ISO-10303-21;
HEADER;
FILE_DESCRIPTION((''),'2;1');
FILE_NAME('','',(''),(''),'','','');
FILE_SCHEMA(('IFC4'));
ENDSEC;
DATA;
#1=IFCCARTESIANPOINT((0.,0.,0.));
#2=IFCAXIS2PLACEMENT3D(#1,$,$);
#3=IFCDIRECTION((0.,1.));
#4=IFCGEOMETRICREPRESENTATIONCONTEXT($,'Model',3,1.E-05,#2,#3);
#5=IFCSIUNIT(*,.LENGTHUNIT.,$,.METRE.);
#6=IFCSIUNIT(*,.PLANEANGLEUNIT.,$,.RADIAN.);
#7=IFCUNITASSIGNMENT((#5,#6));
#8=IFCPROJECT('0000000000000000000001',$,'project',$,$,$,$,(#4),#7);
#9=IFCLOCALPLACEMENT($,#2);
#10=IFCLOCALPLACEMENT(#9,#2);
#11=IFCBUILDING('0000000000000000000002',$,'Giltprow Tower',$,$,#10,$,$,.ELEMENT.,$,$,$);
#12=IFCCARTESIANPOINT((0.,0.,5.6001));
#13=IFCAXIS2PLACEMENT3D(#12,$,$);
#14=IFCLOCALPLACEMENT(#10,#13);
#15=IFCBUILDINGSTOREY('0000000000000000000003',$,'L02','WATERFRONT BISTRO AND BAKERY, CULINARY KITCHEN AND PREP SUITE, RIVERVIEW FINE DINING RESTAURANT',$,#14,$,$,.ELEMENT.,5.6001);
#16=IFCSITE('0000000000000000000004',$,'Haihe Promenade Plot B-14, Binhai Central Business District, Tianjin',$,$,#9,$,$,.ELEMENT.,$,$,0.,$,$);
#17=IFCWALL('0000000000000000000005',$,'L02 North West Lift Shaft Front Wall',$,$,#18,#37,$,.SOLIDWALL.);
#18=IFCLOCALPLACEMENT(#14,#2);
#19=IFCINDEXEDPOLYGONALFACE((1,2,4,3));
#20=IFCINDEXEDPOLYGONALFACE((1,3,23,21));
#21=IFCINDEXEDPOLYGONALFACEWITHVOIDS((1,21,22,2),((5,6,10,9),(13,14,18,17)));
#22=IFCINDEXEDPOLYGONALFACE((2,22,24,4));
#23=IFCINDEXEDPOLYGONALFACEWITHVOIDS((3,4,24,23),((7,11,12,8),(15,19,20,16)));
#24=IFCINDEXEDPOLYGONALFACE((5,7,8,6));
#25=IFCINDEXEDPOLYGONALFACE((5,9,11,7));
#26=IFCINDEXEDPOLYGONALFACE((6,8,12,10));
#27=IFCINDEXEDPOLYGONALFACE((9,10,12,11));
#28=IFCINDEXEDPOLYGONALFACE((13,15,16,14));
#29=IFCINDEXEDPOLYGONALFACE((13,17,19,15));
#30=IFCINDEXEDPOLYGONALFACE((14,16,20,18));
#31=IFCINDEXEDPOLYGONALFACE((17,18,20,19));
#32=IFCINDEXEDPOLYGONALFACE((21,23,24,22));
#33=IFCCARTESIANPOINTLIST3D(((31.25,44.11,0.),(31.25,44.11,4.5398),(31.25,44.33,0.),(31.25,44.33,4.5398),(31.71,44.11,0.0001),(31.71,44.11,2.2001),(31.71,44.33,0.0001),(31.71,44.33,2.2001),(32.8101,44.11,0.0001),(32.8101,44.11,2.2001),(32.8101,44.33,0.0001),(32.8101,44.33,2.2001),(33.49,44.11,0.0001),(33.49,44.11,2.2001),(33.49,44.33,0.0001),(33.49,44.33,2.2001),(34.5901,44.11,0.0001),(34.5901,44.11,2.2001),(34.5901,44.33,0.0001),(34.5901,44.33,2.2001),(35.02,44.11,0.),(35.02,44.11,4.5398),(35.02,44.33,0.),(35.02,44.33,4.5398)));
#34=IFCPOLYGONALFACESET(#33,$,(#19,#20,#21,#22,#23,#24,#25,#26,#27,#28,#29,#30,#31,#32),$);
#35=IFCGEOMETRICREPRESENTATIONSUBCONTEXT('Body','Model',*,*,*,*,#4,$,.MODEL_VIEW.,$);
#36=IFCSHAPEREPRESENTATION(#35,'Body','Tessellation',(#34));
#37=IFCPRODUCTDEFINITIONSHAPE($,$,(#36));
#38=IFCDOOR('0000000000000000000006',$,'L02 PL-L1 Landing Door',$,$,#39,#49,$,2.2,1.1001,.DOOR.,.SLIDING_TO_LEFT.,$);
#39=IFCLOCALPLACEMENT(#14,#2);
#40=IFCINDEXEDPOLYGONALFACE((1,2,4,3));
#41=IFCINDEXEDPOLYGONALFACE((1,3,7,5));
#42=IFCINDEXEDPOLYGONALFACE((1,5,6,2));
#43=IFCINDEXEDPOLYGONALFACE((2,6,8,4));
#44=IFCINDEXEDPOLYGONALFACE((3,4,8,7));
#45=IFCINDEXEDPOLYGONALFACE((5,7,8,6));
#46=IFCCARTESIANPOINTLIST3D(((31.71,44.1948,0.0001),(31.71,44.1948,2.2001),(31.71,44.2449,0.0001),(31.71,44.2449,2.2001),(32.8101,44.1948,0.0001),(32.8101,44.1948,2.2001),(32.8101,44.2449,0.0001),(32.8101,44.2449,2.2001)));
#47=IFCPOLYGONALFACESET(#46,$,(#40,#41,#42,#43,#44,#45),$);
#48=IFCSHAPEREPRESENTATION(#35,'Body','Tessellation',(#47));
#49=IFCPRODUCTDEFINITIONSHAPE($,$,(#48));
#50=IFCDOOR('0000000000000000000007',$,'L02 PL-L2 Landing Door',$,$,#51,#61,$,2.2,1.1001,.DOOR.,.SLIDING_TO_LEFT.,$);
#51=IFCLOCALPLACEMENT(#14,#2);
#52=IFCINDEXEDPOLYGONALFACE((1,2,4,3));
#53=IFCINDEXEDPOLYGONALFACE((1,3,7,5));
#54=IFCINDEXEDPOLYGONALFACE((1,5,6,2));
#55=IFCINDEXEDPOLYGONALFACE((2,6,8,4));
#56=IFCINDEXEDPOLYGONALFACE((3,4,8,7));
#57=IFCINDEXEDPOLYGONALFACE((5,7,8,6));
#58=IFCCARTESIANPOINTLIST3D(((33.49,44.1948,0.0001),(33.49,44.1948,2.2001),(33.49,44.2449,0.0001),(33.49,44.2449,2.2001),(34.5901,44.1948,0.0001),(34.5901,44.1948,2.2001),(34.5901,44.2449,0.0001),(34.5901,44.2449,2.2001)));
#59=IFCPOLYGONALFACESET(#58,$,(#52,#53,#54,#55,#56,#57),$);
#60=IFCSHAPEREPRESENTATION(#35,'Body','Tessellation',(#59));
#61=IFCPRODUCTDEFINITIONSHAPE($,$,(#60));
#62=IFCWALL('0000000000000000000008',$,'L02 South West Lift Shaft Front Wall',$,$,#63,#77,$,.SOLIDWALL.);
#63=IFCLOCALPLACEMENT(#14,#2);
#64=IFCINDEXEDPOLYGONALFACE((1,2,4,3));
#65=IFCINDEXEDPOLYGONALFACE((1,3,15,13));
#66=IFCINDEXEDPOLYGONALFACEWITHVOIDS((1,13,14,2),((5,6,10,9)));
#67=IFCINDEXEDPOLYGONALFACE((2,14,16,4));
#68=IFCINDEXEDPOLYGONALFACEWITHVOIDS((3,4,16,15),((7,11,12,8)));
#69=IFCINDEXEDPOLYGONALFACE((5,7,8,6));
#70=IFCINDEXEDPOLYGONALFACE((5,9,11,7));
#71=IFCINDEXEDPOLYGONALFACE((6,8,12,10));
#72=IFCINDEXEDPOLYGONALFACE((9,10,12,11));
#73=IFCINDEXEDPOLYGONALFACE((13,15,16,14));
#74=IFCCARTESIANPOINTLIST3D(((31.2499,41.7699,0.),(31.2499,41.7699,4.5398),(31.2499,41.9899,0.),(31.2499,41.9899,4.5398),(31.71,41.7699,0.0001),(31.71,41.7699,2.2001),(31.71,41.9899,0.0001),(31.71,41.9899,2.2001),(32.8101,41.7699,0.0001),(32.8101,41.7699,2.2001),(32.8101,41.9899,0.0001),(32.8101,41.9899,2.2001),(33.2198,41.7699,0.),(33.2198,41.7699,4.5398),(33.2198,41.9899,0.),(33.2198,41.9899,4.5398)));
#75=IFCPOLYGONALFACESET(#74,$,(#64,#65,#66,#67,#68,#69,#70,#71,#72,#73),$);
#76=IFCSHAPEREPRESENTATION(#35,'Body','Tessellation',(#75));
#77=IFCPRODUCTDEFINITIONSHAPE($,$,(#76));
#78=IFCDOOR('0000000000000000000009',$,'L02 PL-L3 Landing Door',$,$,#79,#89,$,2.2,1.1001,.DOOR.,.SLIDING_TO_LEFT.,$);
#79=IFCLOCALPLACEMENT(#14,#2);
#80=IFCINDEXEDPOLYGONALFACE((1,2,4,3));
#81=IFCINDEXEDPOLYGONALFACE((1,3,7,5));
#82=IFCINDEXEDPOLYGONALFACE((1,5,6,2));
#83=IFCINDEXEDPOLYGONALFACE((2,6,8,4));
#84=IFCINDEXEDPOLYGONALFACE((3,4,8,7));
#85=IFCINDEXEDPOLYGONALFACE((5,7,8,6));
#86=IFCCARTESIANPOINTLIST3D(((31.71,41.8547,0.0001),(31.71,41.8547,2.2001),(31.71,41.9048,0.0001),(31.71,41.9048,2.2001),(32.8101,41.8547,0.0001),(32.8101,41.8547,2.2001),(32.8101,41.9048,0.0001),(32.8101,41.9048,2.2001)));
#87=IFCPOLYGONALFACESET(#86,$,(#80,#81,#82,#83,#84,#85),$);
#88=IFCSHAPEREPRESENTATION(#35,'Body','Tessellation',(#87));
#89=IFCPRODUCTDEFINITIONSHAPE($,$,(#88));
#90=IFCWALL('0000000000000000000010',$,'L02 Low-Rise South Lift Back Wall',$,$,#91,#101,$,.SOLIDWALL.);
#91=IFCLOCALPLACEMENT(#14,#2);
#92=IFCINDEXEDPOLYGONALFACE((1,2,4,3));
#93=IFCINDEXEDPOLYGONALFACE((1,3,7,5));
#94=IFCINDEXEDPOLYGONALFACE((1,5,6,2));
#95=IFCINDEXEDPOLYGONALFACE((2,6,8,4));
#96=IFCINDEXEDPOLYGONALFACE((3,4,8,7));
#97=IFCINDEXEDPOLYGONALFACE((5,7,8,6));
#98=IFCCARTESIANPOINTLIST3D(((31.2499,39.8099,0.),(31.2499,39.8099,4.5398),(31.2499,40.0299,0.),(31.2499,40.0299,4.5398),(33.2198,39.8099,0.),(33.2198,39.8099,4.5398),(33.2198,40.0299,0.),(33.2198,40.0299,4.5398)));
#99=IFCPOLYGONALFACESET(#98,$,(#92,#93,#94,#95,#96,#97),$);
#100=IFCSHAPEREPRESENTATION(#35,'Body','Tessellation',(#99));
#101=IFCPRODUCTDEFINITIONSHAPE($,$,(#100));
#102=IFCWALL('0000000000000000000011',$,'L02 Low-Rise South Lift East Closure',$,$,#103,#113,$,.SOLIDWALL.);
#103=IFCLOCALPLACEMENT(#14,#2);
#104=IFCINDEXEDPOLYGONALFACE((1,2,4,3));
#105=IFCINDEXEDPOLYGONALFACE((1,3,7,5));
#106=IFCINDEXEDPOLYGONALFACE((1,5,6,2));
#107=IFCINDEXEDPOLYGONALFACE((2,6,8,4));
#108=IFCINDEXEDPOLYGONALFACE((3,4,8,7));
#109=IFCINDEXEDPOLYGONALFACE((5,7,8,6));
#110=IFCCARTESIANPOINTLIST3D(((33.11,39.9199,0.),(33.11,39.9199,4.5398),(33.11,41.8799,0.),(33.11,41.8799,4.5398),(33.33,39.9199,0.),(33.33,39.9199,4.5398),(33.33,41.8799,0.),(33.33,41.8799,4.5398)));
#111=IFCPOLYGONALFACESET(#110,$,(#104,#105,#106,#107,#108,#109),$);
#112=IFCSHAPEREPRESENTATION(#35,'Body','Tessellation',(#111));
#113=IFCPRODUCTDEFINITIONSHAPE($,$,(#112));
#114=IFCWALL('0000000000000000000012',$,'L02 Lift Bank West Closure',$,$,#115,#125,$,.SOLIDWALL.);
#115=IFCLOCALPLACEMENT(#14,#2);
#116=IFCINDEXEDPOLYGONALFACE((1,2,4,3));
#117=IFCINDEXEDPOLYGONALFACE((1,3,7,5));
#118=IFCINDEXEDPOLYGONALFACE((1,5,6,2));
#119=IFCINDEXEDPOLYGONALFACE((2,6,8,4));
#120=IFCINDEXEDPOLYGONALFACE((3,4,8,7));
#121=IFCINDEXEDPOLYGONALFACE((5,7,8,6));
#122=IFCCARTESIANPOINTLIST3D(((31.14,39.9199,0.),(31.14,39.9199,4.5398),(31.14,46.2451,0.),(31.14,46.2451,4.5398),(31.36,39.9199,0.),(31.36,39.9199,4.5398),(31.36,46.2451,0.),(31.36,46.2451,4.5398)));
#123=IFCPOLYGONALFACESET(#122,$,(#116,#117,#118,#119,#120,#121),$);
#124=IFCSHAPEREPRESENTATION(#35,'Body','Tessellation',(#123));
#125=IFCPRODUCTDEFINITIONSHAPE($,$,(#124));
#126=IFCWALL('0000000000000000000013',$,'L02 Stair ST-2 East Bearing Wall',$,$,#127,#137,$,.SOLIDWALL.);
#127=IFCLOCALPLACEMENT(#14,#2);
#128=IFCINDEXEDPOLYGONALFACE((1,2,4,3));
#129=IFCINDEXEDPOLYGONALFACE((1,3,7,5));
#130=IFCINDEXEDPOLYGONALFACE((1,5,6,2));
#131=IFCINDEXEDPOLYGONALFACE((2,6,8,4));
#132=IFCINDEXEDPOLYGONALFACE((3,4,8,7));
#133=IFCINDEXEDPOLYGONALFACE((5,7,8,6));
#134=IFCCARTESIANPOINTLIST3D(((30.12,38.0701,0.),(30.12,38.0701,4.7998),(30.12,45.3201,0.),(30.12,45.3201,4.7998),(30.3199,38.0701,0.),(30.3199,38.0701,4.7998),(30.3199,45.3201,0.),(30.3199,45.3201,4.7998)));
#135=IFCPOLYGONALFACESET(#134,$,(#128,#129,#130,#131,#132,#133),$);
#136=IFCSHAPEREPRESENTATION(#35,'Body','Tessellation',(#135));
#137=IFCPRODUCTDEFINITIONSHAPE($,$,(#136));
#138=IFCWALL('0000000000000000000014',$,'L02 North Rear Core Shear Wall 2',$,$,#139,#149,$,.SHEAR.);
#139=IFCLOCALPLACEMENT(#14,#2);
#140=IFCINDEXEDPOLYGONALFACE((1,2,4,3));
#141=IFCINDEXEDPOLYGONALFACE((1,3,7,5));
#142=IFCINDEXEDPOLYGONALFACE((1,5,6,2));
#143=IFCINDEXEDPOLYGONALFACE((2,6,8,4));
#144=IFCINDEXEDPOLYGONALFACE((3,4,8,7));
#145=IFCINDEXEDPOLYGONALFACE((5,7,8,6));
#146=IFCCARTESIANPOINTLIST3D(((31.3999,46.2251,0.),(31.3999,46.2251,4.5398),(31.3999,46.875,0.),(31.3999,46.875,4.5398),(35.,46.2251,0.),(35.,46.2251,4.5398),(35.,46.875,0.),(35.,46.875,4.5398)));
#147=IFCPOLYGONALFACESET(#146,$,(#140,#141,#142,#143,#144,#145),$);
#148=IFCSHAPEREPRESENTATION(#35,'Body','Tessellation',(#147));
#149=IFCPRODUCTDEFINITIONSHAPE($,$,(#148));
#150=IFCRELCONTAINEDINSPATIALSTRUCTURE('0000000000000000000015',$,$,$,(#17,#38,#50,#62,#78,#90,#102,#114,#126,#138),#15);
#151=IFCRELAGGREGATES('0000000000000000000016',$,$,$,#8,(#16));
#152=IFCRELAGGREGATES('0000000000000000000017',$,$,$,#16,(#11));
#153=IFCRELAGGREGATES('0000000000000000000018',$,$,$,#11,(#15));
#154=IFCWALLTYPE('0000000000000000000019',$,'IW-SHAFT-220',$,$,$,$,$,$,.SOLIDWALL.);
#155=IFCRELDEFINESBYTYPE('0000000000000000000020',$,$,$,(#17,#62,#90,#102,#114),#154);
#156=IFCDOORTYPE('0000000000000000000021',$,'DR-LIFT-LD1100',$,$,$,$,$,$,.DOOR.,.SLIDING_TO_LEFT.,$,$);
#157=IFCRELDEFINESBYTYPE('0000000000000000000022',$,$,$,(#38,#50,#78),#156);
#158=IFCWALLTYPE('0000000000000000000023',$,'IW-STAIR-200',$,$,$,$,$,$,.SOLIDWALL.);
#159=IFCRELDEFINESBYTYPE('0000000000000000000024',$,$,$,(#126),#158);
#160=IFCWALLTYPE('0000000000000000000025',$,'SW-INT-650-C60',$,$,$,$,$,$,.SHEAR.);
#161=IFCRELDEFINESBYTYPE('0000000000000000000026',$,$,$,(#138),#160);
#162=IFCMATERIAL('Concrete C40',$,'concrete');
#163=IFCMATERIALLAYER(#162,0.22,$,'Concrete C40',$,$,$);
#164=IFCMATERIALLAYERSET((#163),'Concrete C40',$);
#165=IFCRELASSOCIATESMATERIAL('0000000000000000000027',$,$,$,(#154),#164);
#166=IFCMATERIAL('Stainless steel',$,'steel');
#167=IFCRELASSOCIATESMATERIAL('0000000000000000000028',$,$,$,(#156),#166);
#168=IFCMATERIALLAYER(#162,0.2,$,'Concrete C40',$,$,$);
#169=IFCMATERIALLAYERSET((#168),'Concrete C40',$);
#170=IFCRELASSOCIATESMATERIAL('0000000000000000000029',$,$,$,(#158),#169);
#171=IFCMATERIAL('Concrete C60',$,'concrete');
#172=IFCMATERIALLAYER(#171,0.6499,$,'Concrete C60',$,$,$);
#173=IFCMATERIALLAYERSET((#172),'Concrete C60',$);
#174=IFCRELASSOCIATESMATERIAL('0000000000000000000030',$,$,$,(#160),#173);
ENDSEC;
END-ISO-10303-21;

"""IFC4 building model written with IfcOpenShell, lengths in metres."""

from ifc_helpers import new_model, si_unit, direction, frame, frame_2d, origin, place, context, subcontext, project, spatial, rectangle, extrude, source, transform, mapped, material, layer, layer_set, type_object, element, fill, save


model = new_model("IFC4")

# Units and contexts
model_context = context("Model", 3, precision=1e-05, world=origin(), true_north=direction((0.0, 1.0)))
body_context = subcontext(model_context, "Body", "Model", "MODEL_VIEW")
ifc_project = project(units=[si_unit("LENGTHUNIT", "METRE"), si_unit("PLANEANGLEUNIT", "RADIAN")], contexts=[model_context])

# Site, building, storey
site_placement = place(None, origin())
site = spatial("IfcSite", under=ifc_project, at=site_placement, Name="Haihe Promenade Plot B-14, Binhai Central Business District, Tianjin", CompositionType="ELEMENT", RefElevation=0.0)
building_placement = place(site_placement, origin())
building = spatial("IfcBuilding", under=site, at=building_placement, Name="Giltprow Tower", CompositionType="ELEMENT")
storey_placement = place(building_placement, frame((0.0, 0.0, 5.6001)))
storey = spatial("IfcBuildingStorey", under=building, at=storey_placement, Name="L02", Description="WATERFRONT BISTRO AND BAKERY, CULINARY KITCHEN AND PREP SUITE, RIVERVIEW FINE DINING RESTAURANT", CompositionType="ELEMENT", Elevation=5.6001)

# Shared definitions
ifc_material_1 = material(Name="Concrete C60", Category="concrete")

# Wall, openings, doors
ifc_material_2 = material(Name="Concrete C40", Category="concrete")
ifc_layer_1 = layer(ifc_material_2, 0.22, Name="Concrete C40")
ifc_layer_set_1 = layer_set([ifc_layer_1], Name="Concrete C40")
wall_type_1 = type_object("IfcWallType", Name="IW-SHAFT-220", PredefinedType="SOLIDWALL", material=ifc_layer_set_1)
wall_1_placement = place(storey_placement, frame((31.25, 44.22, 0.0), z_axis=(0.0, 0.0, 1.0), x_axis=(1.0, 0.0, 0.0)))
wall_1 = element("IfcWall", 1, at=wall_1_placement, inside=storey, type_object=wall_type_1, Name="L02 North West Lift Shaft Front Wall", PredefinedType="SOLIDWALL", context=body_context, shape_type="SweptSolid", body=[
    extrude(rectangle(XDim=3.77, YDim=0.22, at=frame_2d((1.885, 0.0))), origin(), (0.0, 0.0, 1.0), 4.5398),
])
opening_1_placement = place(wall_1_placement, frame((0.46, 0.0, 0.0)))
opening_1 = element("IfcOpeningElement", 2, at=opening_1_placement, cuts=wall_1, PredefinedType="OPENING", context=body_context, shape_type="SweptSolid", body=[
    extrude(rectangle(XDim=1.1001, YDim=2.2, at=frame_2d((0.55, 1.1001))), frame((0.0, 0.1199, 0.0), z_axis=(0.0, -1.0, 0.0), x_axis=(1.0, 0.0, 0.0)), (0.0, 0.0, 1.0), 0.24),
])
opening_2_placement = place(wall_1_placement, frame((2.24, 0.0, 0.0)))
opening_2 = element("IfcOpeningElement", 3, at=opening_2_placement, cuts=wall_1, PredefinedType="OPENING", context=body_context, shape_type="SweptSolid", body=[
    extrude(rectangle(XDim=1.1001, YDim=2.2, at=frame_2d((0.55, 1.1001))), frame((0.0, 0.1199, 0.0), z_axis=(0.0, -1.0, 0.0), x_axis=(1.0, 0.0, 0.0)), (0.0, 0.0, 1.0), 0.24),
])
ifc_material_3 = material(Name="Stainless steel", Category="steel")
door_type = type_object("IfcDoorType", Name="DR-LIFT-LD1100", OperationType="SLIDING_TO_LEFT", PredefinedType="DOOR", material=ifc_material_3)
shared_shape_1 = source(origin(), body_context, "Body", "SweptSolid", [
    extrude(rectangle(XDim=1.1001, YDim=2.2, at=frame_2d((0.55, 1.1001))), frame((0.0, 0.0249, 0.0), z_axis=(0.0, -1.0, 0.0), x_axis=(1.0, 0.0, 0.0)), (0.0, 0.0, 1.0), 0.05),
])
door_1_placement = place(opening_1_placement, origin())
door_1 = element("IfcDoor", 4, at=door_1_placement, inside=storey, type_object=door_type, Name="L02 PL-L1 Landing Door", OperationType="SLIDING_TO_LEFT", OverallHeight=2.2, OverallWidth=1.1001, PredefinedType="DOOR", context=body_context, shape_type="MappedRepresentation", body=[
    mapped(shared_shape_1, transform((0.0, 0.0, 0.0), x_axis=(1.0, 0.0, 0.0), y_axis=(0.0, 1.0, 0.0), z_axis=(0.0, 0.0, 1.0), scale=1.0)),
])
fill(opening_1, door_1)
door_2_placement = place(opening_2_placement, origin())
door_2 = element("IfcDoor", 5, at=door_2_placement, inside=storey, type_object=door_type, Name="L02 PL-L2 Landing Door", OperationType="SLIDING_TO_LEFT", OverallHeight=2.2, OverallWidth=1.1001, PredefinedType="DOOR", context=body_context, shape_type="MappedRepresentation", body=[
    mapped(shared_shape_1, transform((0.0, 0.0, 0.0), x_axis=(1.0, 0.0, 0.0), y_axis=(0.0, 1.0, 0.0), z_axis=(0.0, 0.0, 1.0), scale=1.0)),
])
fill(opening_2, door_2)

# Wall, opening, door
wall_2_placement = place(storey_placement, frame((31.25, 41.8799, 0.0), z_axis=(0.0, 0.0, 1.0), x_axis=(1.0, 0.0, 0.0)))
wall_2 = element("IfcWall", 6, at=wall_2_placement, inside=storey, type_object=wall_type_1, Name="L02 South West Lift Shaft Front Wall", PredefinedType="SOLIDWALL", context=body_context, shape_type="SweptSolid", body=[
    extrude(rectangle(XDim=1.97, YDim=0.22, at=frame_2d((0.9849, 0.0))), origin(), (0.0, 0.0, 1.0), 4.5398),
])
opening_3_placement = place(wall_2_placement, frame((0.46, 0.0, 0.0)))
opening_3 = element("IfcOpeningElement", 7, at=opening_3_placement, cuts=wall_2, PredefinedType="OPENING", context=body_context, shape_type="SweptSolid", body=[
    extrude(rectangle(XDim=1.1001, YDim=2.2, at=frame_2d((0.55, 1.1001))), frame((0.0, 0.1199, 0.0), z_axis=(0.0, -1.0, 0.0), x_axis=(1.0, 0.0, 0.0)), (0.0, 0.0, 1.0), 0.24),
])
door_3_placement = place(opening_3_placement, origin())
door_3 = element("IfcDoor", 8, at=door_3_placement, inside=storey, type_object=door_type, Name="L02 PL-L3 Landing Door", OperationType="SLIDING_TO_LEFT", OverallHeight=2.2, OverallWidth=1.1001, PredefinedType="DOOR", context=body_context, shape_type="MappedRepresentation", body=[
    mapped(shared_shape_1, transform((0.0, 0.0, 0.0), x_axis=(1.0, 0.0, 0.0), y_axis=(0.0, 1.0, 0.0), z_axis=(0.0, 0.0, 1.0), scale=1.0)),
])
fill(opening_3, door_3)

# Walls
wall_3_placement = place(storey_placement, frame((31.25, 39.9199, 0.0), z_axis=(0.0, 0.0, 1.0), x_axis=(1.0, 0.0, 0.0)))
element("IfcWall", 9, at=wall_3_placement, inside=storey, type_object=wall_type_1, Name="L02 Low-Rise South Lift Back Wall", PredefinedType="SOLIDWALL", context=body_context, shape_type="SweptSolid", body=[
    extrude(rectangle(XDim=1.97, YDim=0.22, at=frame_2d((0.9849, 0.0))), origin(), (0.0, 0.0, 1.0), 4.5398),
])
wall_4_placement = place(storey_placement, frame((33.22, 39.9199, 0.0), z_axis=(0.0, 0.0, 1.0), x_axis=(0.0, 1.0, 0.0)))
element("IfcWall", 10, at=wall_4_placement, inside=storey, type_object=wall_type_1, Name="L02 Low-Rise South Lift East Closure", PredefinedType="SOLIDWALL", context=body_context, shape_type="SweptSolid", body=[
    extrude(rectangle(XDim=1.96, YDim=0.22, at=frame_2d((0.98, 0.0))), origin(), (0.0, 0.0, 1.0), 4.5398),
])
wall_5_placement = place(storey_placement, frame((31.25, 39.9199, 0.0), z_axis=(0.0, 0.0, 1.0), x_axis=(0.0, 1.0, 0.0)))
element("IfcWall", 11, at=wall_5_placement, inside=storey, type_object=wall_type_1, Name="L02 Lift Bank West Closure", PredefinedType="SOLIDWALL", context=body_context, shape_type="SweptSolid", body=[
    extrude(rectangle(XDim=6.3252, YDim=0.22, at=frame_2d((3.1626, 0.0))), origin(), (0.0, 0.0, 1.0), 4.5398),
])
ifc_layer_2 = layer(ifc_material_2, 0.2, Name="Concrete C40")
ifc_layer_set_2 = layer_set([ifc_layer_2], Name="Concrete C40")
wall_type_2 = type_object("IfcWallType", Name="IW-STAIR-200", PredefinedType="SOLIDWALL", material=ifc_layer_set_2)
wall_6_placement = place(storey_placement, frame((30.22, 38.0701, 0.0), z_axis=(0.0, 0.0, 1.0), x_axis=(0.0, 1.0, 0.0)))
element("IfcWall", 12, at=wall_6_placement, inside=storey, type_object=wall_type_2, Name="L02 Stair ST-2 East Bearing Wall", PredefinedType="SOLIDWALL", context=body_context, shape_type="SweptSolid", body=[
    extrude(rectangle(XDim=7.25, YDim=0.2, at=frame_2d((3.625, 0.0))), origin(), (0.0, 0.0, 1.0), 4.7998),
])
ifc_layer_3 = layer(ifc_material_1, 0.6499, Name="Concrete C60")
ifc_layer_set_3 = layer_set([ifc_layer_3], Name="Concrete C60")
wall_type_3 = type_object("IfcWallType", Name="SW-INT-650-C60", PredefinedType="SHEAR", material=ifc_layer_set_3)
wall_7_placement = place(storey_placement, frame((31.3999, 46.55, 0.0), z_axis=(0.0, 0.0, 1.0), x_axis=(1.0, 0.0, 0.0)))
element("IfcWall", 13, at=wall_7_placement, inside=storey, type_object=wall_type_3, Name="L02 North Rear Core Shear Wall 2", PredefinedType="SHEAR", context=body_context, shape_type="SweptSolid", body=[
    extrude(rectangle(XDim=3.6001, YDim=0.6499, at=frame_2d((1.8, 0.0))), origin(), (0.0, 0.0, 1.0), 4.5398),
])

save(model, "model.ifc")
